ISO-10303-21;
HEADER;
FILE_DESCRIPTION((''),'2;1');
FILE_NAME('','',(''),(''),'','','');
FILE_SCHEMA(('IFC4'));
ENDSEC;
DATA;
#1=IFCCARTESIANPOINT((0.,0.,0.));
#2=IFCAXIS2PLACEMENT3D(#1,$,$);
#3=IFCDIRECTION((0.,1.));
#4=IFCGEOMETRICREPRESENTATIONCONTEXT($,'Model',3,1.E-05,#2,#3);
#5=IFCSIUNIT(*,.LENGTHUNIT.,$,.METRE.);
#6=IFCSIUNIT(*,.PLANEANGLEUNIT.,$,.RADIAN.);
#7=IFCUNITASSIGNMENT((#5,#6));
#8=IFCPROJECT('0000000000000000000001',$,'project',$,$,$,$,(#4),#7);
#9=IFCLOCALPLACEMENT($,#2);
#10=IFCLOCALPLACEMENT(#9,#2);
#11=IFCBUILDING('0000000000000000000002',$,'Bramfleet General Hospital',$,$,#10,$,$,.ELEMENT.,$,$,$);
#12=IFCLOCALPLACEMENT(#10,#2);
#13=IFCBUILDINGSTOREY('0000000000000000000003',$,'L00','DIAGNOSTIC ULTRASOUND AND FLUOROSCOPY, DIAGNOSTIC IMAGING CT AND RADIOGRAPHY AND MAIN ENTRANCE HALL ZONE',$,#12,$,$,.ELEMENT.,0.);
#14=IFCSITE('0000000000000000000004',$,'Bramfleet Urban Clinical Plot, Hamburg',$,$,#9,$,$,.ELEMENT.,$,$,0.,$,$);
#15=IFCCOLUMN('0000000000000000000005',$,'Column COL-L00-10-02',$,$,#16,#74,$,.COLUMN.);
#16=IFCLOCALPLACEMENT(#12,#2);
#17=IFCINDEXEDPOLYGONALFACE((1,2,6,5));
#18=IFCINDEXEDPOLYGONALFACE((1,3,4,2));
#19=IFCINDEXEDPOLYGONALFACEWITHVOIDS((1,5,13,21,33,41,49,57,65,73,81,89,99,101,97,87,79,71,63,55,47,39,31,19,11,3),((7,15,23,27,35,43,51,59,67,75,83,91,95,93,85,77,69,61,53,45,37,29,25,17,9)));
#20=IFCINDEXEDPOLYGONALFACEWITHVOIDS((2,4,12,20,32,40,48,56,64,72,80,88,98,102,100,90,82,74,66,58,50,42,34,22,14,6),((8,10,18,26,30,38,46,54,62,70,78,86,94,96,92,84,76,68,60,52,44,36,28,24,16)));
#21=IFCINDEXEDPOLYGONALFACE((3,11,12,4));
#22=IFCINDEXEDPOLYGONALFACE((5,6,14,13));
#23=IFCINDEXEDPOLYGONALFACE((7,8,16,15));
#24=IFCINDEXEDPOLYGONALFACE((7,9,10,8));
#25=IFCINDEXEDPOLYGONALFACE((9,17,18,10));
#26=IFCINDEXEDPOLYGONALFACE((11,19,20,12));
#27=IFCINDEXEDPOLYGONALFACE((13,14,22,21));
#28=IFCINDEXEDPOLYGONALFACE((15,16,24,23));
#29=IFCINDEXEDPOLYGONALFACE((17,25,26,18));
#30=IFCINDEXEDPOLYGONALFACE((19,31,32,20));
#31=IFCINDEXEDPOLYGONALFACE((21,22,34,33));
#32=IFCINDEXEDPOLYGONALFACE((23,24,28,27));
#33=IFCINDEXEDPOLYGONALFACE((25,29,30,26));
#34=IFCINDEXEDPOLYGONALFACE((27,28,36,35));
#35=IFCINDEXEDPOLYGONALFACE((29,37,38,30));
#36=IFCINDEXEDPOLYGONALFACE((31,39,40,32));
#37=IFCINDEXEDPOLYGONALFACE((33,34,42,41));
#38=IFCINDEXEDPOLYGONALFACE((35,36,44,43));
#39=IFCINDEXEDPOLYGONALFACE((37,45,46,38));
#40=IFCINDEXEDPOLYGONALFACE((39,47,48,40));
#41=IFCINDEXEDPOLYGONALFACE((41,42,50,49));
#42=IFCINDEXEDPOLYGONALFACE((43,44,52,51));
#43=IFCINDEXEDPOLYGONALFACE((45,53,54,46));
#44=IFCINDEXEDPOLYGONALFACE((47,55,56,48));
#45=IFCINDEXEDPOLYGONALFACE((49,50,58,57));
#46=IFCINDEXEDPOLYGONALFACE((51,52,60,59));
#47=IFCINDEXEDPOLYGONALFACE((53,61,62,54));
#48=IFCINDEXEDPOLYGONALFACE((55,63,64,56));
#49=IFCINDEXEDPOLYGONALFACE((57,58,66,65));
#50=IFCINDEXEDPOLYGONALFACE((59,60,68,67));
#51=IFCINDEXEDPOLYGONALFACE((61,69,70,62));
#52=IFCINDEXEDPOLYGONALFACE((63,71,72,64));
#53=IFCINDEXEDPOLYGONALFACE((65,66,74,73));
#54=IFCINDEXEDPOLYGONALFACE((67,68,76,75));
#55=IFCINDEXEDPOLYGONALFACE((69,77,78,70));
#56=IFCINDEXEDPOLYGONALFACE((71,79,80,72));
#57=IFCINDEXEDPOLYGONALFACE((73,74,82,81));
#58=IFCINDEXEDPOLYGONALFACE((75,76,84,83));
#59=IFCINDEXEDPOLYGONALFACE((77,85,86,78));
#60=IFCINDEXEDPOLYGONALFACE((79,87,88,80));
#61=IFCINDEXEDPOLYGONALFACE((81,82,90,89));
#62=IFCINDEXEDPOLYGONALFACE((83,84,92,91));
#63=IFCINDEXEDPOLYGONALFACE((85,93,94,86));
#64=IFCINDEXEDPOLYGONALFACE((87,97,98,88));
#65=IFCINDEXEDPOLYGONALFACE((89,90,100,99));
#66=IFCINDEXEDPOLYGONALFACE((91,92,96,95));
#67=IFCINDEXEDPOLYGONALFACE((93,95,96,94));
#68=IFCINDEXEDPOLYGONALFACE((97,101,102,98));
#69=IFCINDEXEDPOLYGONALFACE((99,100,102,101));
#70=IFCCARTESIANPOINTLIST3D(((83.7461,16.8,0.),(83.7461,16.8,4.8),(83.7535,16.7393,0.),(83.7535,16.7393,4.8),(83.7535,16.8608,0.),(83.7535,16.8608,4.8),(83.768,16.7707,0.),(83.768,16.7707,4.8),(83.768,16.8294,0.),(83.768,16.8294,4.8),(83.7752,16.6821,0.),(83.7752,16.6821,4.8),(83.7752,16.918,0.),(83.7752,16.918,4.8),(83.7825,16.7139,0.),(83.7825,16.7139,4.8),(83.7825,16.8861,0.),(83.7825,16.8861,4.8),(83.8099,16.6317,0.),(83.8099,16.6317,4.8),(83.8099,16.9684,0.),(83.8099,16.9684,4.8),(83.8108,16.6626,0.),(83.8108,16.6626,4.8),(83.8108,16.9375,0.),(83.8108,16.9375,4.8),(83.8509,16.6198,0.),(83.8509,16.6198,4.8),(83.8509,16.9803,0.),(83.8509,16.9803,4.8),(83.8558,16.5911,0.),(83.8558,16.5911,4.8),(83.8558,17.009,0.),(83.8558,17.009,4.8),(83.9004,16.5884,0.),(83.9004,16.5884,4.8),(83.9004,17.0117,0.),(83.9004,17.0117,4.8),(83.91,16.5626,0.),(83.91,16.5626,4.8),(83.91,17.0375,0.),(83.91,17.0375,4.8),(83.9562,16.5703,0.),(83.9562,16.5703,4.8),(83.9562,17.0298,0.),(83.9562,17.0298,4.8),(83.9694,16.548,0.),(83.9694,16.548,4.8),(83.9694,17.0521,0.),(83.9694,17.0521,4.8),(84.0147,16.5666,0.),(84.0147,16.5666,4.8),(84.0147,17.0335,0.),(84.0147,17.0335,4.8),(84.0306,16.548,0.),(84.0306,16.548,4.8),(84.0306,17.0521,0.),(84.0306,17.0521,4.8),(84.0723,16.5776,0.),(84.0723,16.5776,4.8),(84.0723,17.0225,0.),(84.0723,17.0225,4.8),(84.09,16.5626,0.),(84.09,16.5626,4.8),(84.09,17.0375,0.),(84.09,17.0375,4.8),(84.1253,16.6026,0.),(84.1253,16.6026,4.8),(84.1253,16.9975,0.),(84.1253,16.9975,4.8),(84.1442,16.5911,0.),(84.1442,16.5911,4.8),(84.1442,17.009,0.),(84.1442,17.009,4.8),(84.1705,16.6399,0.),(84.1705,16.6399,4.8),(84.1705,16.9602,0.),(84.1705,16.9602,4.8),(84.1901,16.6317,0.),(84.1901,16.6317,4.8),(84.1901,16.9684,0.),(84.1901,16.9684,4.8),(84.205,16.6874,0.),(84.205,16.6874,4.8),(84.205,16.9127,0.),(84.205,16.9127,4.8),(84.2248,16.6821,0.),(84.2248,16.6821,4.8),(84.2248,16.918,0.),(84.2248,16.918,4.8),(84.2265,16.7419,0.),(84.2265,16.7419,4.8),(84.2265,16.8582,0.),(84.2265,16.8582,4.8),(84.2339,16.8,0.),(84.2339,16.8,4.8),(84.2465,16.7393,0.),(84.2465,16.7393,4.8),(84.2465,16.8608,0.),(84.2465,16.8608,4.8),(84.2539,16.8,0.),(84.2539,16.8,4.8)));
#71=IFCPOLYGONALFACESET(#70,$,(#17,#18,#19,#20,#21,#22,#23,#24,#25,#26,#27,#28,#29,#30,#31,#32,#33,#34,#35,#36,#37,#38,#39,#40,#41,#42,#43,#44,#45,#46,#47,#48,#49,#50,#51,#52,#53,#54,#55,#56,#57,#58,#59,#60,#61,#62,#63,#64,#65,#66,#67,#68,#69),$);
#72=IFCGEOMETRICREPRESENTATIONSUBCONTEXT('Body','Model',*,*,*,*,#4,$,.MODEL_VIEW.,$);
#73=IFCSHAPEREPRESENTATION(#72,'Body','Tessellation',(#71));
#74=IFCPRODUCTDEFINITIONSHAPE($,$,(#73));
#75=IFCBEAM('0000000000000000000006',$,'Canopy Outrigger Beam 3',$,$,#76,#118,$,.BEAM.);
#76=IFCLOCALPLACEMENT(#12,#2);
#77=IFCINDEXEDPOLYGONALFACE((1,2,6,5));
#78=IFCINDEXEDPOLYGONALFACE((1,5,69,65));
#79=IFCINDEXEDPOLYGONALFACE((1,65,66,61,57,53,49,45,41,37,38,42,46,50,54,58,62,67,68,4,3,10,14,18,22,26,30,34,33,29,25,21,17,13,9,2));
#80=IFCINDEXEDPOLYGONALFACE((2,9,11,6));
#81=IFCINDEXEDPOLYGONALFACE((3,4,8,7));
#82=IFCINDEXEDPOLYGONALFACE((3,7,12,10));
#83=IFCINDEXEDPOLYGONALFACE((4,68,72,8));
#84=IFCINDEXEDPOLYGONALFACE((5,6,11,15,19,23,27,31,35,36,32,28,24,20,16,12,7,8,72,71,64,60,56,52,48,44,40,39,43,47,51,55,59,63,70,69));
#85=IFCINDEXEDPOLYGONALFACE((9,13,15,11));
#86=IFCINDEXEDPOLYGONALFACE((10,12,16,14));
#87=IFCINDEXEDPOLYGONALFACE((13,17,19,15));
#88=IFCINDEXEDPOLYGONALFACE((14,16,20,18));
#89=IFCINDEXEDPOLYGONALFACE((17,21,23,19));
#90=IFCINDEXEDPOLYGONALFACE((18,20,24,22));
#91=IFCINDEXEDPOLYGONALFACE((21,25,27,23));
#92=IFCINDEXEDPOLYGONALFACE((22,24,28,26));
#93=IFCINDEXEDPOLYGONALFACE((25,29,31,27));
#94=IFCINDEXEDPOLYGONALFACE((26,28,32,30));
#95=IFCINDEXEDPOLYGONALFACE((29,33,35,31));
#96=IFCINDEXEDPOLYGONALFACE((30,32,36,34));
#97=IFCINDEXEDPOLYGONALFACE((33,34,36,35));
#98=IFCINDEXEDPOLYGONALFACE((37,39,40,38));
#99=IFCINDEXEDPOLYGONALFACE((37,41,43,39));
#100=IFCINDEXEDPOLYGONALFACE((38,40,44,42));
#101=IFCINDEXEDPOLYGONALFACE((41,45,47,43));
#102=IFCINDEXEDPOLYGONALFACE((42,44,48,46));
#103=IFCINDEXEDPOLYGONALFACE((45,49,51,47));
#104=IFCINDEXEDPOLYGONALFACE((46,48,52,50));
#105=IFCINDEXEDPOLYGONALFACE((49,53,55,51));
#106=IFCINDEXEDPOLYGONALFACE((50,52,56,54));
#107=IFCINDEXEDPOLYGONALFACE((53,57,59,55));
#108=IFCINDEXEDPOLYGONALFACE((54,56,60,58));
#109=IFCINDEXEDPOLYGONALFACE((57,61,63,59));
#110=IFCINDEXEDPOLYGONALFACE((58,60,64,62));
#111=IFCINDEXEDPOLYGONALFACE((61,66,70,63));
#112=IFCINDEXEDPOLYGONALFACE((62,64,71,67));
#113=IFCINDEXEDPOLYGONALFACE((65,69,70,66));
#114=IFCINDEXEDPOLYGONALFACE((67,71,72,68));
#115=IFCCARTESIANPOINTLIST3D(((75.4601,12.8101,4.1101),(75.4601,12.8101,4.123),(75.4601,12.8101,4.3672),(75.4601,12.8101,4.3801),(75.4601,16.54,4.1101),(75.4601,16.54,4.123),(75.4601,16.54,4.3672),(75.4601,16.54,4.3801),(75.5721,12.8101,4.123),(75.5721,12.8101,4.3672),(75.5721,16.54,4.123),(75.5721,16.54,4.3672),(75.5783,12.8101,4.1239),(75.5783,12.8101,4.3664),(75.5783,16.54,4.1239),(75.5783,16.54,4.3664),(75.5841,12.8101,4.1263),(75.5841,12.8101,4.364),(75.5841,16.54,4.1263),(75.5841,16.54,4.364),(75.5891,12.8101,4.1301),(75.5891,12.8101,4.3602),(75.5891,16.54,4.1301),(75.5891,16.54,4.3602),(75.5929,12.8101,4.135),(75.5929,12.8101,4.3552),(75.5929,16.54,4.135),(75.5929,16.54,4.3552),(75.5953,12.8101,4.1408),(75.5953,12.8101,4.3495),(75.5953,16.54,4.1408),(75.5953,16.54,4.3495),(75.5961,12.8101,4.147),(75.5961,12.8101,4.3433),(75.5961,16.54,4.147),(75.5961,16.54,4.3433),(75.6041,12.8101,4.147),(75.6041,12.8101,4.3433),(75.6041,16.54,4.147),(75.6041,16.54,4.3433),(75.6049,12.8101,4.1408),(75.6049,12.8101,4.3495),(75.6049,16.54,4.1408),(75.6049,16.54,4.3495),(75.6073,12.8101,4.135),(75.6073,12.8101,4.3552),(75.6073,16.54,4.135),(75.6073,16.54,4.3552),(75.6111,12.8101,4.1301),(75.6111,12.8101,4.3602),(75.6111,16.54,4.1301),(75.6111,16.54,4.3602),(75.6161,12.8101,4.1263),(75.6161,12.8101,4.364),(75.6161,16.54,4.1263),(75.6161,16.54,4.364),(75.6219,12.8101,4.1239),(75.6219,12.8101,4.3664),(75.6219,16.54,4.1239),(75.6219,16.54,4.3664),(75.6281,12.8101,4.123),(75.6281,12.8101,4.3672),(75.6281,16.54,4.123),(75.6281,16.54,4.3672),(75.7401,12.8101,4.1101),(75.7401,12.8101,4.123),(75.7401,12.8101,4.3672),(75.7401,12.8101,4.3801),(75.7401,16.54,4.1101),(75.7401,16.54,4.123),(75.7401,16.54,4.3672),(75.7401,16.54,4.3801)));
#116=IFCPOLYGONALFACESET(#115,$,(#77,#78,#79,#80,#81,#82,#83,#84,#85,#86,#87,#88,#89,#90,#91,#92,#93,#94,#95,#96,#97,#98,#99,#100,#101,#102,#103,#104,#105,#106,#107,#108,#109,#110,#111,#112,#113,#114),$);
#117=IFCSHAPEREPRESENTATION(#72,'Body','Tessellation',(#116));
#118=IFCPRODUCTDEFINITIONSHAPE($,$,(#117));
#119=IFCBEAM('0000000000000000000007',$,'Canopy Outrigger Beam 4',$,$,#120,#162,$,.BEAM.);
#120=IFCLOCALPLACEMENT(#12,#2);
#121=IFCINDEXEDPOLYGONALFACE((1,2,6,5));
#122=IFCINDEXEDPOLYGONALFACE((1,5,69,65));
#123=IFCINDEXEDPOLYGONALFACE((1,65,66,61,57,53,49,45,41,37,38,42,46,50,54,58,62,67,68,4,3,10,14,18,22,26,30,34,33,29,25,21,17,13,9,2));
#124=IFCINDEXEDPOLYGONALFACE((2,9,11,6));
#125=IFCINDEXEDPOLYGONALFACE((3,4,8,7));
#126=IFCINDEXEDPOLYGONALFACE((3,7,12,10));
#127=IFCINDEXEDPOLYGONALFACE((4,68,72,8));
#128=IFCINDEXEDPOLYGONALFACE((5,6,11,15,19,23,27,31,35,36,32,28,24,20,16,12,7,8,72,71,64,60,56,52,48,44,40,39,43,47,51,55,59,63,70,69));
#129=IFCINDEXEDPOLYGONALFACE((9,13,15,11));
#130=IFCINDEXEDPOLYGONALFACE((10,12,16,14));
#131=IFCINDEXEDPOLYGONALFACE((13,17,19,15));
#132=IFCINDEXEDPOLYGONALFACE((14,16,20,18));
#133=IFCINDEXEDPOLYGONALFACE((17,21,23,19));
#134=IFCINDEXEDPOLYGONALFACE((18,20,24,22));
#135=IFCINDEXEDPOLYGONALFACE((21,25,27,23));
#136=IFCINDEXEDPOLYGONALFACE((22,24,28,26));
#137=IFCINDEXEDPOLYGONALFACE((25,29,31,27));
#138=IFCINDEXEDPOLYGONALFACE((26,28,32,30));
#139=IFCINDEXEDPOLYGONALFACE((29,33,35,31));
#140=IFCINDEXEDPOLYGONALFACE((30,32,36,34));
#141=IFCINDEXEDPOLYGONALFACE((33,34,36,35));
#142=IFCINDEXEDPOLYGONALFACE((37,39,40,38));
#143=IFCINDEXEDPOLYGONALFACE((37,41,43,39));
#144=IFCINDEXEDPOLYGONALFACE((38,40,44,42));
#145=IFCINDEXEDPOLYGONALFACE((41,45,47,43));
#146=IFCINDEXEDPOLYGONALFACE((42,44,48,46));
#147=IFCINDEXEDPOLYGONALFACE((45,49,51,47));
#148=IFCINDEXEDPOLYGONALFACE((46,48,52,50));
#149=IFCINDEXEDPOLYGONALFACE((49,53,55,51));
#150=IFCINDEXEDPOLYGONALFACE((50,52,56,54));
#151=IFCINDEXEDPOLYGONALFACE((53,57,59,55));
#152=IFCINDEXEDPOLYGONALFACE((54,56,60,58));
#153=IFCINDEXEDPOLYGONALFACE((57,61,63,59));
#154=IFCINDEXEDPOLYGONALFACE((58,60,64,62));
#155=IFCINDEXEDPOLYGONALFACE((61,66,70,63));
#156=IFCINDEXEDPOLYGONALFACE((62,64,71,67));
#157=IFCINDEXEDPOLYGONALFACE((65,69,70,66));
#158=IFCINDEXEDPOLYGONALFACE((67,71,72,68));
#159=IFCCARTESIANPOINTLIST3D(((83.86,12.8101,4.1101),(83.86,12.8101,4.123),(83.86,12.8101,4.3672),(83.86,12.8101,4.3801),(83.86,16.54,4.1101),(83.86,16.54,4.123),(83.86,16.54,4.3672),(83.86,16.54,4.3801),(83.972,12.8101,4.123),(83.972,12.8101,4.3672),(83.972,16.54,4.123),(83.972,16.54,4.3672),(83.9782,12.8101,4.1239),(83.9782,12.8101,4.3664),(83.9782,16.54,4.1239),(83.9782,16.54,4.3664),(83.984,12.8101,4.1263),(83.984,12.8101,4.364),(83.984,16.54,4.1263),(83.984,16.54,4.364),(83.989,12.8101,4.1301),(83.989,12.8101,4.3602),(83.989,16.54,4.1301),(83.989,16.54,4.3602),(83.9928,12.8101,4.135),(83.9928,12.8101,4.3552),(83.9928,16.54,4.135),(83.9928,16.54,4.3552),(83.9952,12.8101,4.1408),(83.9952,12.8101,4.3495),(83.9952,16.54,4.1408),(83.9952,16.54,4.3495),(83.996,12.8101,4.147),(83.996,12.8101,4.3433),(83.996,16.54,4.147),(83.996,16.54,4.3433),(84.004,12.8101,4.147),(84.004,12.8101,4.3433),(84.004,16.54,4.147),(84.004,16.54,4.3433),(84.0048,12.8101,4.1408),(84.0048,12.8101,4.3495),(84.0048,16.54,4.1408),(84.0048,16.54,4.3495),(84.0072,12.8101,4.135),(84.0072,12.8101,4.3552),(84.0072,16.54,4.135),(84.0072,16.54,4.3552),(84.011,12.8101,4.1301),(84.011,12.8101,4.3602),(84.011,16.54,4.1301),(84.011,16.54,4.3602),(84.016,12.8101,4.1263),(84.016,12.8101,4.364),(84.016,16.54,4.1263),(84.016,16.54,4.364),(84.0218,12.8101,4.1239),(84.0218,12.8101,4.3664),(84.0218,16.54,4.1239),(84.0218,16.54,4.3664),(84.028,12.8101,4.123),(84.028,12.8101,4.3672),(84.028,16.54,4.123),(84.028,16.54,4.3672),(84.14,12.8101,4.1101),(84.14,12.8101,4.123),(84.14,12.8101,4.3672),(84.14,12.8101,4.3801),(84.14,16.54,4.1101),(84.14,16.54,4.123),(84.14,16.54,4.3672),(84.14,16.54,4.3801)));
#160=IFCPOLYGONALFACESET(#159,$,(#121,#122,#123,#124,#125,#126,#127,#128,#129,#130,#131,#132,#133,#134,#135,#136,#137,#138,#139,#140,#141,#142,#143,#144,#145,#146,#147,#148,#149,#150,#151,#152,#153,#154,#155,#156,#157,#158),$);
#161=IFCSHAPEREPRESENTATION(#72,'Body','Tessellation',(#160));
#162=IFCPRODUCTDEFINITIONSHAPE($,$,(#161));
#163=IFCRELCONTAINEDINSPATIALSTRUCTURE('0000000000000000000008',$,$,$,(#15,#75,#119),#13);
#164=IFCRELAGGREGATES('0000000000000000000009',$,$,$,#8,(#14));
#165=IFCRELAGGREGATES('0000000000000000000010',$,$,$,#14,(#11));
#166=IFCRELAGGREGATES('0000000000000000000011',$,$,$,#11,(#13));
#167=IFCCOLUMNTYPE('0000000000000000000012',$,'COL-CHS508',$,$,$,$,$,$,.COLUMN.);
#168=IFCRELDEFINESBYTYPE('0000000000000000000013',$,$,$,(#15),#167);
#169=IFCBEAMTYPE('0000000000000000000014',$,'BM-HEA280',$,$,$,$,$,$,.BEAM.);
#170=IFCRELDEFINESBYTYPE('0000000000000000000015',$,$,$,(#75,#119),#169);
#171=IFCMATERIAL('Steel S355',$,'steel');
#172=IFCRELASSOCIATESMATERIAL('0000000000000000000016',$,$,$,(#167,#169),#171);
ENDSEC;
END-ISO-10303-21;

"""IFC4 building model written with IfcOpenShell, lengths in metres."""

from ifc_helpers import new_model, si_unit, direction, frame, origin, origin_2d, place, context, subcontext, project, spatial, hollow_circle, i_section, extrude, material, material_profile, profile_set, type_object, element, save


model = new_model("IFC4")

# Units and contexts
model_context = context("Model", 3, precision=1e-05, world=origin(), true_north=direction((0.0, 1.0)))
body_context = subcontext(model_context, "Body", "Model", "MODEL_VIEW")
ifc_project = project(units=[si_unit("LENGTHUNIT", "METRE"), si_unit("PLANEANGLEUNIT", "RADIAN")], contexts=[model_context])

# Site, building, storey
site_placement = place(None, origin())
site = spatial("IfcSite", under=ifc_project, at=site_placement, Name="Bramfleet Urban Clinical Plot, Hamburg", CompositionType="ELEMENT", RefElevation=0.0)
building_placement = place(site_placement, origin())
building = spatial("IfcBuilding", under=site, at=building_placement, Name="Bramfleet General Hospital", CompositionType="ELEMENT")
storey_placement = place(building_placement, origin())
storey = spatial("IfcBuildingStorey", under=building, at=storey_placement, Name="L00", Description="DIAGNOSTIC ULTRASOUND AND FLUOROSCOPY, DIAGNOSTIC IMAGING CT AND RADIOGRAPHY AND MAIN ENTRANCE HALL ZONE", CompositionType="ELEMENT", Elevation=0.0)

# Column
ifc_material_1 = material(Name="Steel S355", Category="steel")
ifc_material_profile_1 = material_profile(ifc_material_1, hollow_circle(Radius=0.2539, WallThickness=0.02, at=origin_2d()), Name="CHS 508.0x20.0")
ifc_profile_set_1 = profile_set([ifc_material_profile_1], Name="Steel S355")
column_type_1 = type_object("IfcColumnType", Name="COL-CHS508", PredefinedType="COLUMN", material=ifc_profile_set_1)
for number, where, z_axis, x_axis, name in (
    (1, (84.0, 16.8, 0.0), (0.0, 0.0, 1.0), (1.0, 0.0, 0.0), "Column COL-L00-10-02"),
):
    element("IfcColumn", number, at=place(storey_placement, frame(where, z_axis=z_axis, x_axis=x_axis)), inside=storey, type_object=column_type_1, Name=name, PredefinedType="COLUMN", context=body_context, shape_type="SweptSolid", body=[
        extrude(hollow_circle(Radius=0.2539, WallThickness=0.02, at=origin_2d()), origin(), (0.0, 0.0, 1.0), 4.8),
    ])

# Beams
ifc_material_profile_2 = material_profile(ifc_material_1, i_section(OverallWidth=0.28, OverallDepth=0.27, WebThickness=0.0081, FlangeThickness=0.0129, FilletRadius=0.0239, at=origin_2d()), Name="HEA 280")
ifc_profile_set_2 = profile_set([ifc_material_profile_2], Name="Steel S355")
beam_type_1 = type_object("IfcBeamType", Name="BM-HEA280", PredefinedType="BEAM", material=ifc_profile_set_2)
for number, where, z_axis, x_axis, name in (
    (2, (75.6001, 12.8101, 4.2451), (0.0, 1.0, 0.0), (-1.0, 0.0, 0.0), "Canopy Outrigger Beam 3"),
    (3, (84.0, 12.8101, 4.2451), (0.0, 1.0, 0.0), (-1.0, 0.0, 0.0), "Canopy Outrigger Beam 4"),
):
    element("IfcBeam", number, at=place(storey_placement, frame(where, z_axis=z_axis, x_axis=x_axis)), inside=storey, type_object=beam_type_1, Name=name, PredefinedType="BEAM", context=body_context, shape_type="SweptSolid", body=[
        extrude(i_section(OverallWidth=0.28, OverallDepth=0.27, WebThickness=0.0081, FlangeThickness=0.0129, FilletRadius=0.0239, at=origin_2d()), origin(), (0.0, 0.0, 1.0), 3.73),
    ])

save(model, "model.ifc")
